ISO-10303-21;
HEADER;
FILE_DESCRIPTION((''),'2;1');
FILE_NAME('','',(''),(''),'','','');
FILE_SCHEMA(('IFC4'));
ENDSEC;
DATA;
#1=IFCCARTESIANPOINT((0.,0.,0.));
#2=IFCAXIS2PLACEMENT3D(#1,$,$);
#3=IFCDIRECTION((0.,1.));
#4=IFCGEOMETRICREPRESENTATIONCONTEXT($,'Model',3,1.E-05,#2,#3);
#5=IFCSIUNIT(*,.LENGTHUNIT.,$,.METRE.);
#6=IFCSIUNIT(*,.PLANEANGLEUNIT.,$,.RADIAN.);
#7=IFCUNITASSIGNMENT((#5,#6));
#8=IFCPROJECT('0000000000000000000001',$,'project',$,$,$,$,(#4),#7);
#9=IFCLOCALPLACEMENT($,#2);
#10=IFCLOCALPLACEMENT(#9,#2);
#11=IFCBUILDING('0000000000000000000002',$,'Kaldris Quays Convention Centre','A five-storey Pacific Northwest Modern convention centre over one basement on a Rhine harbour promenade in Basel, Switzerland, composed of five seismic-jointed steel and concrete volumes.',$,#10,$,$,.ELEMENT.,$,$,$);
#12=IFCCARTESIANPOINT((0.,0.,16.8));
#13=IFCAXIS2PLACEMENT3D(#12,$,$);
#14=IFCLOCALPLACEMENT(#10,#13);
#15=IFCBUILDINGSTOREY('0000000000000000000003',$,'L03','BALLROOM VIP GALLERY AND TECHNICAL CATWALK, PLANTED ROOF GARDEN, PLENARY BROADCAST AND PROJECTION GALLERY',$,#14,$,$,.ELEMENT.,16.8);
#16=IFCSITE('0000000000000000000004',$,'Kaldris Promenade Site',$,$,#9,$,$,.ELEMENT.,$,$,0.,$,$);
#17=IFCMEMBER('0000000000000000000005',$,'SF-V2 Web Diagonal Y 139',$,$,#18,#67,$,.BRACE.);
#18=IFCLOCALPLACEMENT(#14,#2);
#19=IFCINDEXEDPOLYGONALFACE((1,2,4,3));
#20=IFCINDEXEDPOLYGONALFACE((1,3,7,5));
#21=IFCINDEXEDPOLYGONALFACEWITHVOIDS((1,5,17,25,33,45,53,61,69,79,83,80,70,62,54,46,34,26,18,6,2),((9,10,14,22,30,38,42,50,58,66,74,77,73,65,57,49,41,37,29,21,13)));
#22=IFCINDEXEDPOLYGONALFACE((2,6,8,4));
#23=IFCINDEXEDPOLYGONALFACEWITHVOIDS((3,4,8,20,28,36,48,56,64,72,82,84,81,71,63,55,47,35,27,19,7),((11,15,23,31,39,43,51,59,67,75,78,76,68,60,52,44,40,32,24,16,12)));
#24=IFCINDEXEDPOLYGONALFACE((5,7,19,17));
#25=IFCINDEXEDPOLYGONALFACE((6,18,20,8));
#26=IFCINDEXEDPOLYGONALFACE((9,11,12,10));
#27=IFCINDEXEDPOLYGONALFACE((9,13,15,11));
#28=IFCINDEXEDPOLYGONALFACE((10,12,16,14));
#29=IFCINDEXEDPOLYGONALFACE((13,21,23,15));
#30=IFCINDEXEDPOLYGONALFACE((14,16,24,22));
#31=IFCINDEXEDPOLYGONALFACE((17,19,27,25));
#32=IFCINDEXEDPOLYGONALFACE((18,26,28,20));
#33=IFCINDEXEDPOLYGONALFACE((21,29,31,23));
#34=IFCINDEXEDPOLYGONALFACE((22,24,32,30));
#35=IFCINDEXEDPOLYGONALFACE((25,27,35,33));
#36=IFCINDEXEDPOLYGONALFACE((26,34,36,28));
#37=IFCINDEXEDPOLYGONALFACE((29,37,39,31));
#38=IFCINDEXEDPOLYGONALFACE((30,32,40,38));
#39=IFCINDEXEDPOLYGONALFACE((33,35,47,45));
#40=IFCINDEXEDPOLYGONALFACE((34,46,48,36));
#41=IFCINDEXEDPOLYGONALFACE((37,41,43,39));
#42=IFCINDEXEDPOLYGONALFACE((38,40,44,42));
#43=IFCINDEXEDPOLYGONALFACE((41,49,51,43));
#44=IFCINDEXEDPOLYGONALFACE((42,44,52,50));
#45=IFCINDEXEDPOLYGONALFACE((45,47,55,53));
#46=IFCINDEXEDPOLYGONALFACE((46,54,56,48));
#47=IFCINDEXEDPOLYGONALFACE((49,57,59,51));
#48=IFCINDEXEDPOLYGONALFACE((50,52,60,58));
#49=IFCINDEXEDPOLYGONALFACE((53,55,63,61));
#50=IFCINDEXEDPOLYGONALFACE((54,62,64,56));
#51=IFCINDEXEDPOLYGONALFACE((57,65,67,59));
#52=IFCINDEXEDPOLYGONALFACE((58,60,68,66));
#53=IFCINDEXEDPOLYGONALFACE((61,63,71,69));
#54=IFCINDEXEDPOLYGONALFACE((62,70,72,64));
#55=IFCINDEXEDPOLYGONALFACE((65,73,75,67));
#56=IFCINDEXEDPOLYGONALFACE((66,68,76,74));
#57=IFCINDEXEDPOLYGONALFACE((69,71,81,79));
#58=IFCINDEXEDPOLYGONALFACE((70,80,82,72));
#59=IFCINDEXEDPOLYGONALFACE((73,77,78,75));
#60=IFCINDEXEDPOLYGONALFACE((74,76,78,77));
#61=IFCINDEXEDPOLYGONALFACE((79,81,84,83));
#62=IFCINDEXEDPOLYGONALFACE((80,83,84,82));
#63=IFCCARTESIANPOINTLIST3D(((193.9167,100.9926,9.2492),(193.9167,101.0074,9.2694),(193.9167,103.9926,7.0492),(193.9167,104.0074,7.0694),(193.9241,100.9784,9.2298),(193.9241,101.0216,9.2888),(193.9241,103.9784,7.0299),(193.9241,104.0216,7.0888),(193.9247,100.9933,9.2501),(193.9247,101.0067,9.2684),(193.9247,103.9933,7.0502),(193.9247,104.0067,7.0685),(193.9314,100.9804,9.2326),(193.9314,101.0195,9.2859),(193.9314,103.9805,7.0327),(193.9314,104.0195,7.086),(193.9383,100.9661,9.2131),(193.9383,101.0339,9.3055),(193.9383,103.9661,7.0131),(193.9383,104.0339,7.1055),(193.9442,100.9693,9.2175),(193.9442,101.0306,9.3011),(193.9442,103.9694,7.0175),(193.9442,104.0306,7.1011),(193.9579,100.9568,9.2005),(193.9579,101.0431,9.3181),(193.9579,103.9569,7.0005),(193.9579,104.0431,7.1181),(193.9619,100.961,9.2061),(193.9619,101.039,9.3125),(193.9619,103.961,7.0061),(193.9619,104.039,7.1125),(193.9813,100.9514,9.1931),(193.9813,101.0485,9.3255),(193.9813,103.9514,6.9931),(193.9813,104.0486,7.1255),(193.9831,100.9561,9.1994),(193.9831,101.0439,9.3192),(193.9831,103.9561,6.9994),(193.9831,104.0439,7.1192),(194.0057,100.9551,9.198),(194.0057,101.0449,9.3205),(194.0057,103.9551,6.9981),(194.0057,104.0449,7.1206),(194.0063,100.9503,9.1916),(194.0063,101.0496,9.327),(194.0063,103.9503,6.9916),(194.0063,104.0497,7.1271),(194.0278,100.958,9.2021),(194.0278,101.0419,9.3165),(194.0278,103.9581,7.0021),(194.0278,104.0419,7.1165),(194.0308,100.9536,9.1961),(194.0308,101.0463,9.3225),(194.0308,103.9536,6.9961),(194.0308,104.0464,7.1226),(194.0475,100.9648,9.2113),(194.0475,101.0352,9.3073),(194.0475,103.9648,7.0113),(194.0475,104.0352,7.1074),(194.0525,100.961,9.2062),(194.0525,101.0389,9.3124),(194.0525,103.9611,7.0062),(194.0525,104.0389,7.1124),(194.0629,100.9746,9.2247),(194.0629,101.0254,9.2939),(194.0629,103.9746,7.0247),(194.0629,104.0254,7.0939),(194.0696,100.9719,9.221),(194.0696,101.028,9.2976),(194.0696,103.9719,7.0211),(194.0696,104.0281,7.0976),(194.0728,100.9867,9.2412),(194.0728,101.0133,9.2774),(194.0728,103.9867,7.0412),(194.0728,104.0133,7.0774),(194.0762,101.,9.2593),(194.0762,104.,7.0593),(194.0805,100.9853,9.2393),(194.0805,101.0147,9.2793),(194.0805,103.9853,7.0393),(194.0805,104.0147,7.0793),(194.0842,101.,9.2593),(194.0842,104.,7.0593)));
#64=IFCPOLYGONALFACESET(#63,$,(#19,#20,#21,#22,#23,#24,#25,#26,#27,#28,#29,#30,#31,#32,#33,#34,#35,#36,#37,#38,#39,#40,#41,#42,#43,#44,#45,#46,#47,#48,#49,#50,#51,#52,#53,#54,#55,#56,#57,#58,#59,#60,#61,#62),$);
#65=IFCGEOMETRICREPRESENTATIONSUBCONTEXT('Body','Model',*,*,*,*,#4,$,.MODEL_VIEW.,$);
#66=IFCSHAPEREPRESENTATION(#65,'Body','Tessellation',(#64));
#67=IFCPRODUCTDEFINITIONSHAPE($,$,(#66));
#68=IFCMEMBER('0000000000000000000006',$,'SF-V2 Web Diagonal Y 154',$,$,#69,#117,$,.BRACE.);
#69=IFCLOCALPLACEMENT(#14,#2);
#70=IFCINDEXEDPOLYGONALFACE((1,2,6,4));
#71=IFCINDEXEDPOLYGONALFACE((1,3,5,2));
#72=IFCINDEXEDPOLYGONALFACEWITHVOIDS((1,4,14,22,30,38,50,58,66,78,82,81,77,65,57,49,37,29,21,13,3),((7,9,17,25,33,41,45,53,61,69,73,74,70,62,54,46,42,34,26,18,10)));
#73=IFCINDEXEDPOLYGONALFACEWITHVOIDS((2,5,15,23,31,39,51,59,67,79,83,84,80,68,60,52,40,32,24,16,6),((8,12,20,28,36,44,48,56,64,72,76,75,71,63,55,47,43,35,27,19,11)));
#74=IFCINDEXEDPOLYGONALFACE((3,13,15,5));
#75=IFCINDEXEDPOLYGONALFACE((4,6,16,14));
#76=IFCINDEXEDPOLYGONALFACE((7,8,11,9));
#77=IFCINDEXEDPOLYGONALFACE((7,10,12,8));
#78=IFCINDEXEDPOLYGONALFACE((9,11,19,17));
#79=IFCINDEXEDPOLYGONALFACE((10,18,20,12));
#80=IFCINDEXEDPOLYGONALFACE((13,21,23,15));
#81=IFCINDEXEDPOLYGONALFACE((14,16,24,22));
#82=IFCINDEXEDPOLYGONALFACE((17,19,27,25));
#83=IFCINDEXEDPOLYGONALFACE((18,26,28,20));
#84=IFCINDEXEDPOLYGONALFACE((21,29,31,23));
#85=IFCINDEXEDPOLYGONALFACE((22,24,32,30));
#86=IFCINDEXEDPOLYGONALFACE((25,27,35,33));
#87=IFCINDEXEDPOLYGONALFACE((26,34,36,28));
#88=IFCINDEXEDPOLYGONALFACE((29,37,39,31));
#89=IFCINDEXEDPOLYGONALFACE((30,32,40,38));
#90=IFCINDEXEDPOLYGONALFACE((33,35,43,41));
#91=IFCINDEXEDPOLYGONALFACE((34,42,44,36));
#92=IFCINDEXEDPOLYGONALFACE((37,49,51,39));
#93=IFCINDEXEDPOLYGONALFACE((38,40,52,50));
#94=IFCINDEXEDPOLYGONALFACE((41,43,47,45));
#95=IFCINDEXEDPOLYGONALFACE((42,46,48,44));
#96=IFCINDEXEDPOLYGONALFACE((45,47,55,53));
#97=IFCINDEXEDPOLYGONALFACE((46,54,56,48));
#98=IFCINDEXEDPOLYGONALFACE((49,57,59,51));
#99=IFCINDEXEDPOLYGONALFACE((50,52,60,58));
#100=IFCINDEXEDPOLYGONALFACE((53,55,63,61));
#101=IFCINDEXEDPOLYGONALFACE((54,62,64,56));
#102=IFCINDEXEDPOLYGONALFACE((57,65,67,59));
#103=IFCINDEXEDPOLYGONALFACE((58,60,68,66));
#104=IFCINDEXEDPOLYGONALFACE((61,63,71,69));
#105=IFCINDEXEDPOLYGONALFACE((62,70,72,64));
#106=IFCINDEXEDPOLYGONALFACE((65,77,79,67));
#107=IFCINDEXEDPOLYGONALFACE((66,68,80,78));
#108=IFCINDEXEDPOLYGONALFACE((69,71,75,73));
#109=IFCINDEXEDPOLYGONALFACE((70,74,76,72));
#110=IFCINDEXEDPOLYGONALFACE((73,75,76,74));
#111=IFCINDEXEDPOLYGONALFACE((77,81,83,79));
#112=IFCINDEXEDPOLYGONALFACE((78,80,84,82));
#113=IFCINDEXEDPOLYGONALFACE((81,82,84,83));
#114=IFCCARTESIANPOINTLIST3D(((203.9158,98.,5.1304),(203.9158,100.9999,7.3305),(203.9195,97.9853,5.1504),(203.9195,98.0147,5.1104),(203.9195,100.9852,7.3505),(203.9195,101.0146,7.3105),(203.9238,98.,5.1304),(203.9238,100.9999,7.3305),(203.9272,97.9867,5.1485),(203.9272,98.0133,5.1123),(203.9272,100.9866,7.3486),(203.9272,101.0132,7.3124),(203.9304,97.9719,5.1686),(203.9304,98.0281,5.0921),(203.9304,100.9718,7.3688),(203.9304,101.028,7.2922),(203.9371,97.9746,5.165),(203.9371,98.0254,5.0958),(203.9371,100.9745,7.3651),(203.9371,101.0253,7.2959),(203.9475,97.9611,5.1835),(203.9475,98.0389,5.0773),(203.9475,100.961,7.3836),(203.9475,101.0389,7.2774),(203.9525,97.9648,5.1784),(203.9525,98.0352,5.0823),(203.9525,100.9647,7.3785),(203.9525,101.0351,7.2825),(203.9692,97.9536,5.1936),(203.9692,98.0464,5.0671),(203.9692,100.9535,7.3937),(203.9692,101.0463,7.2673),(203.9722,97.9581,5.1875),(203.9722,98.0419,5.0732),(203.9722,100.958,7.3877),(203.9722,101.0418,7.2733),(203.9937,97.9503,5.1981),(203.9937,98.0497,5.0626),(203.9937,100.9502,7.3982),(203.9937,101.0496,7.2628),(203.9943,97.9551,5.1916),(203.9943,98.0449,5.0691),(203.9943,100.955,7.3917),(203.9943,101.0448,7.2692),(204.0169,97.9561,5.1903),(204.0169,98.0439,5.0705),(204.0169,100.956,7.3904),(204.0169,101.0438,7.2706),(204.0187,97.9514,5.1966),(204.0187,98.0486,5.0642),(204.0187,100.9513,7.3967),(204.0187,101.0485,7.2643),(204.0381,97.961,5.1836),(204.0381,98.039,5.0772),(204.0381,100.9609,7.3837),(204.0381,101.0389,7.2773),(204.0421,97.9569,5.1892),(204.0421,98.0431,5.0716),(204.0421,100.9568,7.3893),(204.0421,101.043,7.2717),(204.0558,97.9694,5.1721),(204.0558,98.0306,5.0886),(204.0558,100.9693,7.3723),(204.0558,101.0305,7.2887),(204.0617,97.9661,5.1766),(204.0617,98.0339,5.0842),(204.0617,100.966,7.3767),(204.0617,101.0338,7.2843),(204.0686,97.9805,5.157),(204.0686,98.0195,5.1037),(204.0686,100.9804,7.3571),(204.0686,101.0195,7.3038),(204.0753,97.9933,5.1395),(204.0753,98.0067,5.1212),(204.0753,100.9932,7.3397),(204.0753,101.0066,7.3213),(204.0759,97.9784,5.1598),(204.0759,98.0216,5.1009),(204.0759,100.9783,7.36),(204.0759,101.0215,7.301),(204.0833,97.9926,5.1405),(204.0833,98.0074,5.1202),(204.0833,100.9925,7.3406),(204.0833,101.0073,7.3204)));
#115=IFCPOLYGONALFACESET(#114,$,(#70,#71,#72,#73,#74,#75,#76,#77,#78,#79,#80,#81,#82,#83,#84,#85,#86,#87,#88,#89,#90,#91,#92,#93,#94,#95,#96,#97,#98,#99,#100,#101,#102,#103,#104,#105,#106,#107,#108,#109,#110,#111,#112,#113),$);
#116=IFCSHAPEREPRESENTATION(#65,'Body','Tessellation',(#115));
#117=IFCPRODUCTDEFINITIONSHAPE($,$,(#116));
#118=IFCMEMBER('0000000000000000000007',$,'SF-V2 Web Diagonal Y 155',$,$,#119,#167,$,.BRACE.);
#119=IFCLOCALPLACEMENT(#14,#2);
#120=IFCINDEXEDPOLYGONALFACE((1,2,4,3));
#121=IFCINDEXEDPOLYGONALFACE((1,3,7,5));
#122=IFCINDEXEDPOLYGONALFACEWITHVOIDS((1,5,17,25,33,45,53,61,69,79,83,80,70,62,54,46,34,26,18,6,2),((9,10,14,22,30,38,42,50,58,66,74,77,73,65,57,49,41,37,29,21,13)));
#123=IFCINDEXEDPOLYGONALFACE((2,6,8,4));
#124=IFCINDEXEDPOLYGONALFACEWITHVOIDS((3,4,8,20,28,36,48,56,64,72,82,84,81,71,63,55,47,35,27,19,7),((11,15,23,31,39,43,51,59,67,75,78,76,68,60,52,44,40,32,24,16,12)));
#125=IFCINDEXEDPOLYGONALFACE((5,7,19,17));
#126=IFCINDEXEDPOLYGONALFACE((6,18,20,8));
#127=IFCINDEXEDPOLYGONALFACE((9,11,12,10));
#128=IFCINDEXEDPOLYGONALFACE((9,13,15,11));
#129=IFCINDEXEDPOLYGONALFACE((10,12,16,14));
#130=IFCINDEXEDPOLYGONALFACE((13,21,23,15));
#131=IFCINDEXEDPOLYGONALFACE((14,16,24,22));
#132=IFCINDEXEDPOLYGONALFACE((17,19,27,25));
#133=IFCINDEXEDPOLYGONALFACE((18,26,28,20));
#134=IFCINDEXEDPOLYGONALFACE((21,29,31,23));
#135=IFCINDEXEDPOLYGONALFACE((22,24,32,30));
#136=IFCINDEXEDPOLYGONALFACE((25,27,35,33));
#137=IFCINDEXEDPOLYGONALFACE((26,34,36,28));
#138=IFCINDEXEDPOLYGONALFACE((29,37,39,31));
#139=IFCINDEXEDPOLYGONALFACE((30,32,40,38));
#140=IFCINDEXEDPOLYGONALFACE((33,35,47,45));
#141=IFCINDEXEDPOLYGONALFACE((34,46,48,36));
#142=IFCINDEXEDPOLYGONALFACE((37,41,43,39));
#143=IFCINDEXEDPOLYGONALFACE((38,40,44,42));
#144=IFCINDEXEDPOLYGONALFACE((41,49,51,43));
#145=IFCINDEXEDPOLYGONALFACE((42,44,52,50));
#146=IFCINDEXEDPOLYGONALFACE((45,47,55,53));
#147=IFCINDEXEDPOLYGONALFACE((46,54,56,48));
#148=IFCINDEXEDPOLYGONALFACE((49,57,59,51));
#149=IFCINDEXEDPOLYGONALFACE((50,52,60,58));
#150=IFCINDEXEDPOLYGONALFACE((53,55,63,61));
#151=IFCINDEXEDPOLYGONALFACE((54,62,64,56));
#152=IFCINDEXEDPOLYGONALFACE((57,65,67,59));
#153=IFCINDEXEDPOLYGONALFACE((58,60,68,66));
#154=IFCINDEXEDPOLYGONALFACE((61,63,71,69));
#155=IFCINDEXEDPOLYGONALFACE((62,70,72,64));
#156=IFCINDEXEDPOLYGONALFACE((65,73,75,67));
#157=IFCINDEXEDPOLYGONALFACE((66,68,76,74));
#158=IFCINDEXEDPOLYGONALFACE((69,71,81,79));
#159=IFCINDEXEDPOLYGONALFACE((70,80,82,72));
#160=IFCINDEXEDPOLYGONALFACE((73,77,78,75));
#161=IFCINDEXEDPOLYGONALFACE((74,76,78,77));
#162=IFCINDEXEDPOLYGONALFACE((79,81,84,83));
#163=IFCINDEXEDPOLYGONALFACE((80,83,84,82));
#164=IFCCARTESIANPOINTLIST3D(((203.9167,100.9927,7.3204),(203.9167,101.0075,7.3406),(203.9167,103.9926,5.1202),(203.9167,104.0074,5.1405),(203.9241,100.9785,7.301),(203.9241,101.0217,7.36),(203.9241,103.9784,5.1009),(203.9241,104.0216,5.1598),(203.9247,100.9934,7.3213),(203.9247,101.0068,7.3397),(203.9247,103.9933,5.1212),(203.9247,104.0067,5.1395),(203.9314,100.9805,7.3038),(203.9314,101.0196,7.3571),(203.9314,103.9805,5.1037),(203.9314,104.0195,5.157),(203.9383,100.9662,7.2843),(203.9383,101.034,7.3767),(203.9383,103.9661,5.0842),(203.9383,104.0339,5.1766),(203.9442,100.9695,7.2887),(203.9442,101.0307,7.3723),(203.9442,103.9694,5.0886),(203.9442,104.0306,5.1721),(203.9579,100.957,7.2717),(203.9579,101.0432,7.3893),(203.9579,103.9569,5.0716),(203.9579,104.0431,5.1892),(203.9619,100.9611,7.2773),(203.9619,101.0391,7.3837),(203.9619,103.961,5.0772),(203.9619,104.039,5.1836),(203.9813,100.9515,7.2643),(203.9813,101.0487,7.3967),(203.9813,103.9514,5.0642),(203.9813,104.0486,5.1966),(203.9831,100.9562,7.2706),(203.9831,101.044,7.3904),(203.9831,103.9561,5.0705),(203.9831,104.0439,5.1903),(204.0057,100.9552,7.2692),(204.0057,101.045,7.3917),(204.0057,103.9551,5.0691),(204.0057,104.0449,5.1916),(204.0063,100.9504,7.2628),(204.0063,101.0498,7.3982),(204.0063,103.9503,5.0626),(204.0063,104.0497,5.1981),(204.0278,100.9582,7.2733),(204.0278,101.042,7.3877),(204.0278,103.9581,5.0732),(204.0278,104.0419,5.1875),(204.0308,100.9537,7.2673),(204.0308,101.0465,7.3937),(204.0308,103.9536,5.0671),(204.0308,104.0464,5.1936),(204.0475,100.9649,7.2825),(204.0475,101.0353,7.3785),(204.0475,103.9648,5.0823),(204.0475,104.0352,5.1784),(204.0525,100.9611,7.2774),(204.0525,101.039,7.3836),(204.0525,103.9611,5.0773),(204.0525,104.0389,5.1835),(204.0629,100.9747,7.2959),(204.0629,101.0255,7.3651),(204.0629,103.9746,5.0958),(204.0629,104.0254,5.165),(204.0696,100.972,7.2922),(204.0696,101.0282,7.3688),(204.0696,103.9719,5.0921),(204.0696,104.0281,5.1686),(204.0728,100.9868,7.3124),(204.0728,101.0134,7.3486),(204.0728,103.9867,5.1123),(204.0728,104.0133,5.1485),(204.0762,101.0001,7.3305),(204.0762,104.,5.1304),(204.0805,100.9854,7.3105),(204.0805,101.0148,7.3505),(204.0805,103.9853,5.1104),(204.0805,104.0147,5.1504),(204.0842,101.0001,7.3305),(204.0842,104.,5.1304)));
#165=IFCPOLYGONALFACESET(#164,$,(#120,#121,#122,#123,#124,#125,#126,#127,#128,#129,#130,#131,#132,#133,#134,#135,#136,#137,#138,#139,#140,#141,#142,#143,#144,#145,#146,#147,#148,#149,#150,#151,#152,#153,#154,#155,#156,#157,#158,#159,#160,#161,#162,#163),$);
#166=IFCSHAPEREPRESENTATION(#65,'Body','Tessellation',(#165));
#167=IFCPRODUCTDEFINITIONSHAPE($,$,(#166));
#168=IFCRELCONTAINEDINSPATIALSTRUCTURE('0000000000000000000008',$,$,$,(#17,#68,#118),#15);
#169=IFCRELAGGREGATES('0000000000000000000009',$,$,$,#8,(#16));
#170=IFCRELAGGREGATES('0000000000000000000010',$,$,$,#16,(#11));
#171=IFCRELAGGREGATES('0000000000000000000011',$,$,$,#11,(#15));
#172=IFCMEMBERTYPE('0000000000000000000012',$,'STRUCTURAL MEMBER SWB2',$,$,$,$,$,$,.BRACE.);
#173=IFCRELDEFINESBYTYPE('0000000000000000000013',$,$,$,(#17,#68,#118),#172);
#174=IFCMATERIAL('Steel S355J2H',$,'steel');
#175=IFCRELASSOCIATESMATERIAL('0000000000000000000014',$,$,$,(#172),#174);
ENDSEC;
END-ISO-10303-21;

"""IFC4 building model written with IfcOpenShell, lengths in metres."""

from ifc_helpers import new_model, si_unit, direction, frame, origin, origin_2d, place, context, subcontext, project, spatial, hollow_circle, extrude, material, material_profile, profile_set, type_object, element, save


model = new_model("IFC4")

# Units and contexts
model_context = context("Model", 3, precision=1e-05, world=origin(), true_north=direction((0.0, 1.0)))
body_context = subcontext(model_context, "Body", "Model", "MODEL_VIEW")
ifc_project = project(units=[si_unit("LENGTHUNIT", "METRE"), si_unit("PLANEANGLEUNIT", "RADIAN")], contexts=[model_context])

# Site, building, storey
site_placement = place(None, origin())
site = spatial("IfcSite", under=ifc_project, at=site_placement, Name="Kaldris Promenade Site", CompositionType="ELEMENT", RefElevation=0.0)
building_placement = place(site_placement, origin())
building = spatial("IfcBuilding", under=site, at=building_placement, Name="Kaldris Quays Convention Centre", Description="A five-storey Pacific Northwest Modern convention centre over one basement on a Rhine harbour promenade in Basel, Switzerland, composed of five seismic-jointed steel and concrete volumes.", CompositionType="ELEMENT")
storey_placement = place(building_placement, frame((0.0, 0.0, 16.8)))
storey = spatial("IfcBuildingStorey", under=building, at=storey_placement, Name="L03", Description="BALLROOM VIP GALLERY AND TECHNICAL CATWALK, PLANTED ROOF GARDEN, PLENARY BROADCAST AND PROJECTION GALLERY", CompositionType="ELEMENT", Elevation=16.8)

# Members
ifc_material_1 = material(Name="Steel S355J2H", Category="steel")
ifc_material_profile_1 = material_profile(ifc_material_1, hollow_circle(Radius=0.0842, WallThickness=0.0081, at=origin_2d()), Name="CHS 168.3x8")
ifc_profile_set_1 = profile_set([ifc_material_profile_1], Name="Steel S355J2H")
member_type_1 = type_object("IfcMemberType", Name="STRUCTURAL MEMBER SWB2", PredefinedType="BRACE", material=ifc_profile_set_1)
for number, where, z_axis, x_axis, name in (
    (1, (194.0, 104.0, 7.0593), (0.0, -0.806411, 0.591355), (1.0, 0.0, 0.0), "SF-V2 Web Diagonal Y 139"),
    (2, (204.0, 98.0, 5.1304), (0.0, 0.80638, 0.591398), (-1.0, 0.0, 0.0), "SF-V2 Web Diagonal Y 154"),
    (3, (204.0, 104.0, 5.1304), (0.0, -0.80638, 0.591398), (1.0, 0.0, 0.0), "SF-V2 Web Diagonal Y 155"),
):
    element("IfcMember", number, at=place(storey_placement, frame(where, z_axis=z_axis, x_axis=x_axis)), inside=storey, type_object=member_type_1, Name=name, PredefinedType="BRACE", context=body_context, shape_type="SweptSolid", body=[
        extrude(hollow_circle(Radius=0.0842, WallThickness=0.0081, at=origin_2d()), origin(), (0.0, 0.0, 1.0), 3.7202),
    ])

save(model, "model.ifc")
